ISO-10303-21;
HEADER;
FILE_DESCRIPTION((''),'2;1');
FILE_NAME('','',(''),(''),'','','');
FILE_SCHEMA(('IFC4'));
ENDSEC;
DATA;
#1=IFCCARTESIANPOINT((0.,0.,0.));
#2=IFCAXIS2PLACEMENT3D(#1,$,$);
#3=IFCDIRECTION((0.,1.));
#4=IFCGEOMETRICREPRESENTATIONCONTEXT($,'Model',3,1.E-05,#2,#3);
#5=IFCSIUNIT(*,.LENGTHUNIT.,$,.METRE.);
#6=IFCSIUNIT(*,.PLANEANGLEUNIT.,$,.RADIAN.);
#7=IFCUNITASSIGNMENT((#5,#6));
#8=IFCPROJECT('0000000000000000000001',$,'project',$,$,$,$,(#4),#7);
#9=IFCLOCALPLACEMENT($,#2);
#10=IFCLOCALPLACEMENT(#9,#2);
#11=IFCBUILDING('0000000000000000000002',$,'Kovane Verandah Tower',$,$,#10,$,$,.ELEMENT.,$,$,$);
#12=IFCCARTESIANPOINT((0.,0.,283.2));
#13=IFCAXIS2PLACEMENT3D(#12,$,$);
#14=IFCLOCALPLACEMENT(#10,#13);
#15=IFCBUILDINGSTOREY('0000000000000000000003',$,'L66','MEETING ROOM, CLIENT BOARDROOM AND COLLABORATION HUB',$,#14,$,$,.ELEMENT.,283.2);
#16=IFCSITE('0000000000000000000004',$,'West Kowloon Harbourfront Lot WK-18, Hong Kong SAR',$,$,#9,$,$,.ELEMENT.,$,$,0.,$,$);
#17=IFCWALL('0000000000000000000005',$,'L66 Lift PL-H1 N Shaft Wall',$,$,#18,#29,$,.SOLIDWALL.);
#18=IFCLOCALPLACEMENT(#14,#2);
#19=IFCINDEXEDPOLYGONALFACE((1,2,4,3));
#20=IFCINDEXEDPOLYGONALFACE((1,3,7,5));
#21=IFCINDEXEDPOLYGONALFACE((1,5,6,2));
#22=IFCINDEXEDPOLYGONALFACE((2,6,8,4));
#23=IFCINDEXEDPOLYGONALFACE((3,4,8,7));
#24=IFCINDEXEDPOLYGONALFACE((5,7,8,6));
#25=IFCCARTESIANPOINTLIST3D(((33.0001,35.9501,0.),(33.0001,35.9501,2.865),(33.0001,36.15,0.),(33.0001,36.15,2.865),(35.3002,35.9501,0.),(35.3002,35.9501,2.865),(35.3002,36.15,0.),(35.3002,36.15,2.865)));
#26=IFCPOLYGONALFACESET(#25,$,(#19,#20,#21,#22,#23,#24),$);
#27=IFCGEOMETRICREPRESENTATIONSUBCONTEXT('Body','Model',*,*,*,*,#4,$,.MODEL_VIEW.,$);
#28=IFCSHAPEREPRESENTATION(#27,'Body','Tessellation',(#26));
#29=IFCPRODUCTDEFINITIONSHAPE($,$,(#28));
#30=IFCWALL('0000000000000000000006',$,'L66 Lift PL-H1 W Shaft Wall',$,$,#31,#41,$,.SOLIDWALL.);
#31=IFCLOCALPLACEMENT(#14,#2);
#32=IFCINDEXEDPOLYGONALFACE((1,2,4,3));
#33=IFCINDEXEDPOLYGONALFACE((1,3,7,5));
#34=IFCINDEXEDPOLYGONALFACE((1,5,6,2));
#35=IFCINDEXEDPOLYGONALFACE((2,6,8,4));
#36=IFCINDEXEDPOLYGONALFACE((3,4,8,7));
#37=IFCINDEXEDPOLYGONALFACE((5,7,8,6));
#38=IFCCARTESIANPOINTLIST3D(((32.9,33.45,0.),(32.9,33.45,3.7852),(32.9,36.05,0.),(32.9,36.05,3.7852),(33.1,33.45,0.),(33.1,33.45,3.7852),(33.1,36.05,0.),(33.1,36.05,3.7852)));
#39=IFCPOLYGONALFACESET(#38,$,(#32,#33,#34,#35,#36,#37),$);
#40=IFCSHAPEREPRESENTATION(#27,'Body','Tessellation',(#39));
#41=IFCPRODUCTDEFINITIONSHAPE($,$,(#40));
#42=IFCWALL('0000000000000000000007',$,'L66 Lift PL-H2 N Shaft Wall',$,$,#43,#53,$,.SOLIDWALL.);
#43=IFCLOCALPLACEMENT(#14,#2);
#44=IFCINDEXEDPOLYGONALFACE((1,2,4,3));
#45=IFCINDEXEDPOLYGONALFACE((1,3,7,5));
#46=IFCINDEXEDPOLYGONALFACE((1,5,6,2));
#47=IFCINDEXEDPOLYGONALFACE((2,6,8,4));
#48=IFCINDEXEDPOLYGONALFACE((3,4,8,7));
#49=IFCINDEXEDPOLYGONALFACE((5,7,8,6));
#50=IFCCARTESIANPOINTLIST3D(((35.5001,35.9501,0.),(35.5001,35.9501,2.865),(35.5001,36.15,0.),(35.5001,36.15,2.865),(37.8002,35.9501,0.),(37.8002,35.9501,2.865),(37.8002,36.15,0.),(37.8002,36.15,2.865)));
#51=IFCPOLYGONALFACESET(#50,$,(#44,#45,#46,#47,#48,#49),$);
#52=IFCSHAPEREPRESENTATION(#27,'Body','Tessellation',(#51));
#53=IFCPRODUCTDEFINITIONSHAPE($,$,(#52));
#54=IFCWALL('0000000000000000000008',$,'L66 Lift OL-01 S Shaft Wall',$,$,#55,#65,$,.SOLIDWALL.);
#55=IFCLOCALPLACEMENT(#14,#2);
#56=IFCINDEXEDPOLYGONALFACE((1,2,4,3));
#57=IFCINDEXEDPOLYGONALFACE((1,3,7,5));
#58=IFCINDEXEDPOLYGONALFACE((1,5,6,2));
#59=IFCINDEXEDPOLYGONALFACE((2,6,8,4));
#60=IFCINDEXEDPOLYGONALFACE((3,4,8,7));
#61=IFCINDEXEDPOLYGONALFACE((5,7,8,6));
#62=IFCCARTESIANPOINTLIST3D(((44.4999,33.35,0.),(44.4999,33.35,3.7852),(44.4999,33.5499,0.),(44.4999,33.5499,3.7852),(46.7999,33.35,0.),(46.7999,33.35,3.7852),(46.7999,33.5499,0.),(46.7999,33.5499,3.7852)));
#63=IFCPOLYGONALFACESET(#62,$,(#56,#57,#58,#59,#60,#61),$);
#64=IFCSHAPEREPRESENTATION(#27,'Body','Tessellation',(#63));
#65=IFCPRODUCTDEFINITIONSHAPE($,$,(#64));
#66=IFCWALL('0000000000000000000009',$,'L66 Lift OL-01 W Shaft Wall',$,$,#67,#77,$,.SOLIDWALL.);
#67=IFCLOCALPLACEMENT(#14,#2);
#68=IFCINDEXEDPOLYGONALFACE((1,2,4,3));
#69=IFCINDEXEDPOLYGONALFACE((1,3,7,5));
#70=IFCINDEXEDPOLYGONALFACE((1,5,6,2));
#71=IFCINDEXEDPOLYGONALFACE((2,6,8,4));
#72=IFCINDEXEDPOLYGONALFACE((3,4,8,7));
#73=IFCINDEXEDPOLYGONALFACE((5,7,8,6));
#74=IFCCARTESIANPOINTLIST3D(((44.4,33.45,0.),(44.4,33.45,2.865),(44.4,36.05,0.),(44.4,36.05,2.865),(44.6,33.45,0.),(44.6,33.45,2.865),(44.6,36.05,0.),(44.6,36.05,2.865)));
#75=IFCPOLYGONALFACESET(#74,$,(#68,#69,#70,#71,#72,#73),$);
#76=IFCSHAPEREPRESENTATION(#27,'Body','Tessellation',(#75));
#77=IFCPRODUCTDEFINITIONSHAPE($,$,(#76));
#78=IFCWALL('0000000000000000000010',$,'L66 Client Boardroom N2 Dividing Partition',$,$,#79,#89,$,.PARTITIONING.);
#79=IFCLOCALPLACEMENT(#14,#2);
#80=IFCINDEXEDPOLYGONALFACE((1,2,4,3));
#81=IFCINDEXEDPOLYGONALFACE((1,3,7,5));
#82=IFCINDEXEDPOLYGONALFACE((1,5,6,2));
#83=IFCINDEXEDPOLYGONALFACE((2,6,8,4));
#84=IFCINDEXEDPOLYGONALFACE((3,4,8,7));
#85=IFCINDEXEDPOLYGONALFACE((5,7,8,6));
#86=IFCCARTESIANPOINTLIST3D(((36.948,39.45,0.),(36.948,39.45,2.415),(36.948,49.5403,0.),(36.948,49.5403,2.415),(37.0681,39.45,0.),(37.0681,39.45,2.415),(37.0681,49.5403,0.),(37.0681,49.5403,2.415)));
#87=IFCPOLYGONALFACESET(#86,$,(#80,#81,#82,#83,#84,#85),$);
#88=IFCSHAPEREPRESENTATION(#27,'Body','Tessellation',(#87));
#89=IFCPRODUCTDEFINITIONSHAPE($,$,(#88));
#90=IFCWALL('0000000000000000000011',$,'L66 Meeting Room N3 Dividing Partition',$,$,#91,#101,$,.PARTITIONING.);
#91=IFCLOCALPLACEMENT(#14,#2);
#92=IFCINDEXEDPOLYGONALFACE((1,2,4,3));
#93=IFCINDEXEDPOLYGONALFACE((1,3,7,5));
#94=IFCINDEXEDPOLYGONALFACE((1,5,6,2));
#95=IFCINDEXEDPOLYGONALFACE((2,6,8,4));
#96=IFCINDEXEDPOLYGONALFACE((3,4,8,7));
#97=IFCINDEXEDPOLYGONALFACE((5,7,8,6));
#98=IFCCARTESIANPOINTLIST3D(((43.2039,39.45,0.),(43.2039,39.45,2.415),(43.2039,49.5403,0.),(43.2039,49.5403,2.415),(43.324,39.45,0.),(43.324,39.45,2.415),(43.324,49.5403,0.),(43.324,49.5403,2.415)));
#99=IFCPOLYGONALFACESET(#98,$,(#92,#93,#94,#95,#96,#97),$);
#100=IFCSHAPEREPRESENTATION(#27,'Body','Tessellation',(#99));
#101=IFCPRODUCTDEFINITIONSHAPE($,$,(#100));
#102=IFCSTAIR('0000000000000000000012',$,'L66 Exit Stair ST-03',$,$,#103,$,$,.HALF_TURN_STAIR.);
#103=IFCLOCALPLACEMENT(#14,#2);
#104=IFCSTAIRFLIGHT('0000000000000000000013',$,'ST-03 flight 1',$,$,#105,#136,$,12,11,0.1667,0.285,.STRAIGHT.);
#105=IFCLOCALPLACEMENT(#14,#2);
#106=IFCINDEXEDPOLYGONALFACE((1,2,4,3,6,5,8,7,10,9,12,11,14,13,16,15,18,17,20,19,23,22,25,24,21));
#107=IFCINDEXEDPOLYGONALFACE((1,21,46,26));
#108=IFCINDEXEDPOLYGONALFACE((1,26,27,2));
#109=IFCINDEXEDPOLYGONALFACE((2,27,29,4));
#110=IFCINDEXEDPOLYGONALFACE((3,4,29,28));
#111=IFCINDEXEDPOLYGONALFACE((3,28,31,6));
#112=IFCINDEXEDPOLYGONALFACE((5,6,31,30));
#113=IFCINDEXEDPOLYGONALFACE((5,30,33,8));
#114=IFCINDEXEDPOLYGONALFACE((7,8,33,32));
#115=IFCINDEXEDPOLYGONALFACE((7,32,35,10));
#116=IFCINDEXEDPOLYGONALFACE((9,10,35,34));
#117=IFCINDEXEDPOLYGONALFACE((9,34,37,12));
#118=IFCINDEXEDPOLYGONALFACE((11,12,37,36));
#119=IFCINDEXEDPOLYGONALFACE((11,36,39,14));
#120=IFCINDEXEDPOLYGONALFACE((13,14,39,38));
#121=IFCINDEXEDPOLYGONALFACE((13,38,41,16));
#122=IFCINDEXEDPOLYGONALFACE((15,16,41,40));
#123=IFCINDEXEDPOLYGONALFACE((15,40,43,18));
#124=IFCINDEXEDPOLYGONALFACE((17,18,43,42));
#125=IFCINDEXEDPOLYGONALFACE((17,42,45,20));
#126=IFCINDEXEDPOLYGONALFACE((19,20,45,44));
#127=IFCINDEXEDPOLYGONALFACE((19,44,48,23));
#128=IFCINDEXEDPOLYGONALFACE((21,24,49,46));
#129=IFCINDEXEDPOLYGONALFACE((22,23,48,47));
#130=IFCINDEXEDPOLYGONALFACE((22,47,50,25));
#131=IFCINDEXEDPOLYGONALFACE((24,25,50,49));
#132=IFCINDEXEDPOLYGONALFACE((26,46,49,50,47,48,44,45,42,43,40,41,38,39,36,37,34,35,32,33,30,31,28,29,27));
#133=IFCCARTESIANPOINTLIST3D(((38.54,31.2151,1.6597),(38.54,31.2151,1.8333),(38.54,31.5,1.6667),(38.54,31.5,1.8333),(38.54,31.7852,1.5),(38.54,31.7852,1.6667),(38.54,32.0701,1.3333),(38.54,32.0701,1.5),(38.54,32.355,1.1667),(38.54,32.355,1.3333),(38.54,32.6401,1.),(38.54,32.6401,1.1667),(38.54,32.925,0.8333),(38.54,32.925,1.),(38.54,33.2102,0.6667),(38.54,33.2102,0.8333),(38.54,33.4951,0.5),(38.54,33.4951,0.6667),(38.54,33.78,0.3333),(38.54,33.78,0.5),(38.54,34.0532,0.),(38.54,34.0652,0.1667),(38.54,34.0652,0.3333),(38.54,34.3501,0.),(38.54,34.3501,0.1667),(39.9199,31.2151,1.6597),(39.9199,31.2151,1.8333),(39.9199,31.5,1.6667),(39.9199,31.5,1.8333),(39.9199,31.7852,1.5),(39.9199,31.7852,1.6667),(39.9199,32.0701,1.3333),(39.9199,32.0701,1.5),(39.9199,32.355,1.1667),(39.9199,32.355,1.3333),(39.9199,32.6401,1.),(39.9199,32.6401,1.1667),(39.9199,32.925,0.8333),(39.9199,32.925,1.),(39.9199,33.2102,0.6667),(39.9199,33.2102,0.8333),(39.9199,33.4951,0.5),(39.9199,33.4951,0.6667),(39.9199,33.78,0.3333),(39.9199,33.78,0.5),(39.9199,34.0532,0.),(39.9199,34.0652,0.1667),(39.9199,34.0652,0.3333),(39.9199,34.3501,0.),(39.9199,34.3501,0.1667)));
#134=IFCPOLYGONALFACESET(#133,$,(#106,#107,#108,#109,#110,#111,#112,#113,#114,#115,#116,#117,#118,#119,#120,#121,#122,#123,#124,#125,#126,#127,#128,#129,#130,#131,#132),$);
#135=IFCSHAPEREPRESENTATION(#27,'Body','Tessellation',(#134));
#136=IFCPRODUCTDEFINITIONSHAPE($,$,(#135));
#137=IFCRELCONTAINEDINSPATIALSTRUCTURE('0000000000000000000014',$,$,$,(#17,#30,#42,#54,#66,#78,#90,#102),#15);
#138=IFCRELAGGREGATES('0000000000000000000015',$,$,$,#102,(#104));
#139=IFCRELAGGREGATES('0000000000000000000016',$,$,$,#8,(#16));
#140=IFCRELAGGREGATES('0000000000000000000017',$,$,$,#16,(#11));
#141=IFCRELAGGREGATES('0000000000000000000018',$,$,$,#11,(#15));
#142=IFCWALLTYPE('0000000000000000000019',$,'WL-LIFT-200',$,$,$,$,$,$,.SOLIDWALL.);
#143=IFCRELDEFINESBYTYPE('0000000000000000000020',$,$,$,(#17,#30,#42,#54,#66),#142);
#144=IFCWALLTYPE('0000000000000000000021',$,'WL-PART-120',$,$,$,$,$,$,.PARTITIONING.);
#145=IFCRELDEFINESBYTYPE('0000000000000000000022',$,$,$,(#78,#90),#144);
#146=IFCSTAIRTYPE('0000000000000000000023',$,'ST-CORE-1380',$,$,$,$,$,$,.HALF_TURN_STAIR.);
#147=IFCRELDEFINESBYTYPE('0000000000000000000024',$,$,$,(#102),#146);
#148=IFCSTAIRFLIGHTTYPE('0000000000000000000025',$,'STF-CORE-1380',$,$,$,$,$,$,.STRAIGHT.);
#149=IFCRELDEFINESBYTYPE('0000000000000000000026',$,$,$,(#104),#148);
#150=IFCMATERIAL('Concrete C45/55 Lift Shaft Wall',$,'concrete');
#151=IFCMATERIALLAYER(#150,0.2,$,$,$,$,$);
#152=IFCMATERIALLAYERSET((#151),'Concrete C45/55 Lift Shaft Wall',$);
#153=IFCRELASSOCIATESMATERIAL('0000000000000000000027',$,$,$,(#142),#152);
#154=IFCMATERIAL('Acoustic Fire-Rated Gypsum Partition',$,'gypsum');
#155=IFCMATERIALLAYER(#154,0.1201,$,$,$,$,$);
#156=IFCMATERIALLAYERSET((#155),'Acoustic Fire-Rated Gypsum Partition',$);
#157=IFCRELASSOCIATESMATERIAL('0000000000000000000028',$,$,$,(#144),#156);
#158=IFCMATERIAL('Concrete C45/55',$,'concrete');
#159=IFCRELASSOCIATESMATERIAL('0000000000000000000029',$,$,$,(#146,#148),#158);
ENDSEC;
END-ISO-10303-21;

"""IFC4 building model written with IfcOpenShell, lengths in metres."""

from ifc_helpers import new_model, si_unit, direction, frame, frame_2d, origin, place, context, subcontext, project, spatial, polyline, rectangle, outline, extrude, material, layer, layer_set, type_object, element, aggregate, save


model = new_model("IFC4")

# Units and contexts
model_context = context("Model", 3, precision=1e-05, world=origin(), true_north=direction((0.0, 1.0)))
body_context = subcontext(model_context, "Body", "Model", "MODEL_VIEW")
ifc_project = project(units=[si_unit("LENGTHUNIT", "METRE"), si_unit("PLANEANGLEUNIT", "RADIAN")], contexts=[model_context])

# Site, building, storey
site_placement = place(None, origin())
site = spatial("IfcSite", under=ifc_project, at=site_placement, Name="West Kowloon Harbourfront Lot WK-18, Hong Kong SAR", CompositionType="ELEMENT", RefElevation=0.0)
building_placement = place(site_placement, origin())
building = spatial("IfcBuilding", under=site, at=building_placement, Name="Kovane Verandah Tower", CompositionType="ELEMENT")
storey_placement = place(building_placement, frame((0.0, 0.0, 283.2)))
storey = spatial("IfcBuildingStorey", under=building, at=storey_placement, Name="L66", Description="MEETING ROOM, CLIENT BOARDROOM AND COLLABORATION HUB", CompositionType="ELEMENT", Elevation=283.2)

# Walls
ifc_material_1 = material(Name="Concrete C45/55 Lift Shaft Wall", Category="concrete")
ifc_layer_1 = layer(ifc_material_1, 0.2)
ifc_layer_set_1 = layer_set([ifc_layer_1], Name="Concrete C45/55 Lift Shaft Wall")
wall_type_1 = type_object("IfcWallType", Name="WL-LIFT-200", PredefinedType="SOLIDWALL", material=ifc_layer_set_1)
wall_1_placement = place(storey_placement, frame((35.3, 36.05, 0.0), z_axis=(0.0, 0.0, 1.0), x_axis=(-1.0, 0.0, 0.0)))
element("IfcWall", 1, at=wall_1_placement, inside=storey, type_object=wall_type_1, Name="L66 Lift PL-H1 N Shaft Wall", PredefinedType="SOLIDWALL", context=body_context, shape_type="SweptSolid", body=[
    extrude(rectangle(XDim=2.3, YDim=0.2, at=frame_2d((1.1499, 0.0))), origin(), (0.0, 0.0, 1.0), 2.865),
])
wall_2_placement = place(storey_placement, frame((33.0, 36.05, 0.0), z_axis=(0.0, 0.0, 1.0), x_axis=(0.0, -1.0, 0.0)))
element("IfcWall", 2, at=wall_2_placement, inside=storey, type_object=wall_type_1, Name="L66 Lift PL-H1 W Shaft Wall", PredefinedType="SOLIDWALL", context=body_context, shape_type="SweptSolid", body=[
    extrude(rectangle(XDim=2.6001, YDim=0.2, at=frame_2d((1.3, 0.0))), origin(), (0.0, 0.0, 1.0), 3.7852),
])
wall_3_placement = place(storey_placement, frame((37.8, 36.05, 0.0), z_axis=(0.0, 0.0, 1.0), x_axis=(-1.0, 0.0, 0.0)))
element("IfcWall", 3, at=wall_3_placement, inside=storey, type_object=wall_type_1, Name="L66 Lift PL-H2 N Shaft Wall", PredefinedType="SOLIDWALL", context=body_context, shape_type="SweptSolid", body=[
    extrude(rectangle(XDim=2.3, YDim=0.2, at=frame_2d((1.1499, 0.0))), origin(), (0.0, 0.0, 1.0), 2.865),
])
wall_4_placement = place(storey_placement, frame((44.5, 33.45, 0.0), z_axis=(0.0, 0.0, 1.0), x_axis=(1.0, 0.0, 0.0)))
element("IfcWall", 4, at=wall_4_placement, inside=storey, type_object=wall_type_1, Name="L66 Lift OL-01 S Shaft Wall", PredefinedType="SOLIDWALL", context=body_context, shape_type="SweptSolid", body=[
    extrude(rectangle(XDim=2.3, YDim=0.2, at=frame_2d((1.1499, 0.0))), origin(), (0.0, 0.0, 1.0), 3.7852),
])
wall_5_placement = place(storey_placement, frame((44.5, 36.05, 0.0), z_axis=(0.0, 0.0, 1.0), x_axis=(0.0, -1.0, 0.0)))
element("IfcWall", 5, at=wall_5_placement, inside=storey, type_object=wall_type_1, Name="L66 Lift OL-01 W Shaft Wall", PredefinedType="SOLIDWALL", context=body_context, shape_type="SweptSolid", body=[
    extrude(rectangle(XDim=2.6001, YDim=0.2, at=frame_2d((1.3, 0.0))), origin(), (0.0, 0.0, 1.0), 2.865),
])
ifc_material_2 = material(Name="Acoustic Fire-Rated Gypsum Partition", Category="gypsum")
ifc_layer_2 = layer(ifc_material_2, 0.1201)
ifc_layer_set_2 = layer_set([ifc_layer_2], Name="Acoustic Fire-Rated Gypsum Partition")
wall_type_2 = type_object("IfcWallType", Name="WL-PART-120", PredefinedType="PARTITIONING", material=ifc_layer_set_2)
for number, where, z_axis, x_axis, name in (
    (6, (37.0081, 39.45, 0.0), (0.0, 0.0, 1.0), (0.0, 1.0, 0.0), "L66 Client Boardroom N2 Dividing Partition"),
    (7, (43.2639, 39.45, 0.0), (0.0, 0.0, 1.0), (0.0, 1.0, 0.0), "L66 Meeting Room N3 Dividing Partition"),
):
    element("IfcWall", number, at=place(storey_placement, frame(where, z_axis=z_axis, x_axis=x_axis)), inside=storey, type_object=wall_type_2, Name=name, PredefinedType="PARTITIONING", context=body_context, shape_type="SweptSolid", body=[
        extrude(rectangle(XDim=10.0903, YDim=0.1201, at=frame_2d((5.0452, 0.0))), origin(), (0.0, 0.0, 1.0), 2.415),
    ])

# Stair, stair flight
ifc_material_3 = material(Name="Concrete C45/55", Category="concrete")
stair_type = type_object("IfcStairType", Name="ST-CORE-1380", PredefinedType="HALF_TURN_STAIR", material=ifc_material_3)
stair_placement = place(storey_placement, origin())
stair = element("IfcStair", 8, at=stair_placement, inside=storey, type_object=stair_type, Name="L66 Exit Stair ST-03", PredefinedType="HALF_TURN_STAIR")
stair_flight_type = type_object("IfcStairFlightType", Name="STF-CORE-1380", PredefinedType="STRAIGHT", material=ifc_material_3)
stair_flight_placement = place(storey_placement, frame((39.23, 34.3501, 0.0), z_axis=(0.0, 0.0, 1.0), x_axis=(0.0, -1.0, 0.0)))
stair_flight = element("IfcStairFlight", 9, at=stair_flight_placement, type_object=stair_flight_type, Name="ST-03 flight 1", NumberOfRisers=12, NumberOfTreads=11, PredefinedType="STRAIGHT", RiserHeight=0.1667, TreadLength=0.285, context=body_context, shape_type="SweptSolid", body=[
    extrude(outline(polyline([(0.0, 0.0), (0.0, 0.1667), (0.2849, 0.1667), (0.2849, 0.3333), (0.5701, 0.3333), (0.5701, 0.5), (0.855, 0.5), (0.855, 0.6667), (1.1399, 0.6667), (1.1399, 0.8333), (1.425, 0.8333), (1.425, 1.0), (1.71, 1.0), (1.71, 1.1667), (1.9951, 1.1667), (1.9951, 1.3333), (2.28, 1.3333), (2.28, 1.5), (2.5649, 1.5), (2.5649, 1.6667), (2.8501, 1.6667), (2.8501, 1.8333), (3.135, 1.8333), (3.135, 2.0), (3.135, 1.6597), (0.2969, 0.0), (0.0, 0.0)])), frame((0.0, 0.6899, 0.0), z_axis=(0.0, -1.0, 0.0), x_axis=(1.0, 0.0, 0.0)), (0.0, 0.0, 1.0), 1.3799),
])
aggregate(stair, [stair_flight])

save(model, "model.ifc")
